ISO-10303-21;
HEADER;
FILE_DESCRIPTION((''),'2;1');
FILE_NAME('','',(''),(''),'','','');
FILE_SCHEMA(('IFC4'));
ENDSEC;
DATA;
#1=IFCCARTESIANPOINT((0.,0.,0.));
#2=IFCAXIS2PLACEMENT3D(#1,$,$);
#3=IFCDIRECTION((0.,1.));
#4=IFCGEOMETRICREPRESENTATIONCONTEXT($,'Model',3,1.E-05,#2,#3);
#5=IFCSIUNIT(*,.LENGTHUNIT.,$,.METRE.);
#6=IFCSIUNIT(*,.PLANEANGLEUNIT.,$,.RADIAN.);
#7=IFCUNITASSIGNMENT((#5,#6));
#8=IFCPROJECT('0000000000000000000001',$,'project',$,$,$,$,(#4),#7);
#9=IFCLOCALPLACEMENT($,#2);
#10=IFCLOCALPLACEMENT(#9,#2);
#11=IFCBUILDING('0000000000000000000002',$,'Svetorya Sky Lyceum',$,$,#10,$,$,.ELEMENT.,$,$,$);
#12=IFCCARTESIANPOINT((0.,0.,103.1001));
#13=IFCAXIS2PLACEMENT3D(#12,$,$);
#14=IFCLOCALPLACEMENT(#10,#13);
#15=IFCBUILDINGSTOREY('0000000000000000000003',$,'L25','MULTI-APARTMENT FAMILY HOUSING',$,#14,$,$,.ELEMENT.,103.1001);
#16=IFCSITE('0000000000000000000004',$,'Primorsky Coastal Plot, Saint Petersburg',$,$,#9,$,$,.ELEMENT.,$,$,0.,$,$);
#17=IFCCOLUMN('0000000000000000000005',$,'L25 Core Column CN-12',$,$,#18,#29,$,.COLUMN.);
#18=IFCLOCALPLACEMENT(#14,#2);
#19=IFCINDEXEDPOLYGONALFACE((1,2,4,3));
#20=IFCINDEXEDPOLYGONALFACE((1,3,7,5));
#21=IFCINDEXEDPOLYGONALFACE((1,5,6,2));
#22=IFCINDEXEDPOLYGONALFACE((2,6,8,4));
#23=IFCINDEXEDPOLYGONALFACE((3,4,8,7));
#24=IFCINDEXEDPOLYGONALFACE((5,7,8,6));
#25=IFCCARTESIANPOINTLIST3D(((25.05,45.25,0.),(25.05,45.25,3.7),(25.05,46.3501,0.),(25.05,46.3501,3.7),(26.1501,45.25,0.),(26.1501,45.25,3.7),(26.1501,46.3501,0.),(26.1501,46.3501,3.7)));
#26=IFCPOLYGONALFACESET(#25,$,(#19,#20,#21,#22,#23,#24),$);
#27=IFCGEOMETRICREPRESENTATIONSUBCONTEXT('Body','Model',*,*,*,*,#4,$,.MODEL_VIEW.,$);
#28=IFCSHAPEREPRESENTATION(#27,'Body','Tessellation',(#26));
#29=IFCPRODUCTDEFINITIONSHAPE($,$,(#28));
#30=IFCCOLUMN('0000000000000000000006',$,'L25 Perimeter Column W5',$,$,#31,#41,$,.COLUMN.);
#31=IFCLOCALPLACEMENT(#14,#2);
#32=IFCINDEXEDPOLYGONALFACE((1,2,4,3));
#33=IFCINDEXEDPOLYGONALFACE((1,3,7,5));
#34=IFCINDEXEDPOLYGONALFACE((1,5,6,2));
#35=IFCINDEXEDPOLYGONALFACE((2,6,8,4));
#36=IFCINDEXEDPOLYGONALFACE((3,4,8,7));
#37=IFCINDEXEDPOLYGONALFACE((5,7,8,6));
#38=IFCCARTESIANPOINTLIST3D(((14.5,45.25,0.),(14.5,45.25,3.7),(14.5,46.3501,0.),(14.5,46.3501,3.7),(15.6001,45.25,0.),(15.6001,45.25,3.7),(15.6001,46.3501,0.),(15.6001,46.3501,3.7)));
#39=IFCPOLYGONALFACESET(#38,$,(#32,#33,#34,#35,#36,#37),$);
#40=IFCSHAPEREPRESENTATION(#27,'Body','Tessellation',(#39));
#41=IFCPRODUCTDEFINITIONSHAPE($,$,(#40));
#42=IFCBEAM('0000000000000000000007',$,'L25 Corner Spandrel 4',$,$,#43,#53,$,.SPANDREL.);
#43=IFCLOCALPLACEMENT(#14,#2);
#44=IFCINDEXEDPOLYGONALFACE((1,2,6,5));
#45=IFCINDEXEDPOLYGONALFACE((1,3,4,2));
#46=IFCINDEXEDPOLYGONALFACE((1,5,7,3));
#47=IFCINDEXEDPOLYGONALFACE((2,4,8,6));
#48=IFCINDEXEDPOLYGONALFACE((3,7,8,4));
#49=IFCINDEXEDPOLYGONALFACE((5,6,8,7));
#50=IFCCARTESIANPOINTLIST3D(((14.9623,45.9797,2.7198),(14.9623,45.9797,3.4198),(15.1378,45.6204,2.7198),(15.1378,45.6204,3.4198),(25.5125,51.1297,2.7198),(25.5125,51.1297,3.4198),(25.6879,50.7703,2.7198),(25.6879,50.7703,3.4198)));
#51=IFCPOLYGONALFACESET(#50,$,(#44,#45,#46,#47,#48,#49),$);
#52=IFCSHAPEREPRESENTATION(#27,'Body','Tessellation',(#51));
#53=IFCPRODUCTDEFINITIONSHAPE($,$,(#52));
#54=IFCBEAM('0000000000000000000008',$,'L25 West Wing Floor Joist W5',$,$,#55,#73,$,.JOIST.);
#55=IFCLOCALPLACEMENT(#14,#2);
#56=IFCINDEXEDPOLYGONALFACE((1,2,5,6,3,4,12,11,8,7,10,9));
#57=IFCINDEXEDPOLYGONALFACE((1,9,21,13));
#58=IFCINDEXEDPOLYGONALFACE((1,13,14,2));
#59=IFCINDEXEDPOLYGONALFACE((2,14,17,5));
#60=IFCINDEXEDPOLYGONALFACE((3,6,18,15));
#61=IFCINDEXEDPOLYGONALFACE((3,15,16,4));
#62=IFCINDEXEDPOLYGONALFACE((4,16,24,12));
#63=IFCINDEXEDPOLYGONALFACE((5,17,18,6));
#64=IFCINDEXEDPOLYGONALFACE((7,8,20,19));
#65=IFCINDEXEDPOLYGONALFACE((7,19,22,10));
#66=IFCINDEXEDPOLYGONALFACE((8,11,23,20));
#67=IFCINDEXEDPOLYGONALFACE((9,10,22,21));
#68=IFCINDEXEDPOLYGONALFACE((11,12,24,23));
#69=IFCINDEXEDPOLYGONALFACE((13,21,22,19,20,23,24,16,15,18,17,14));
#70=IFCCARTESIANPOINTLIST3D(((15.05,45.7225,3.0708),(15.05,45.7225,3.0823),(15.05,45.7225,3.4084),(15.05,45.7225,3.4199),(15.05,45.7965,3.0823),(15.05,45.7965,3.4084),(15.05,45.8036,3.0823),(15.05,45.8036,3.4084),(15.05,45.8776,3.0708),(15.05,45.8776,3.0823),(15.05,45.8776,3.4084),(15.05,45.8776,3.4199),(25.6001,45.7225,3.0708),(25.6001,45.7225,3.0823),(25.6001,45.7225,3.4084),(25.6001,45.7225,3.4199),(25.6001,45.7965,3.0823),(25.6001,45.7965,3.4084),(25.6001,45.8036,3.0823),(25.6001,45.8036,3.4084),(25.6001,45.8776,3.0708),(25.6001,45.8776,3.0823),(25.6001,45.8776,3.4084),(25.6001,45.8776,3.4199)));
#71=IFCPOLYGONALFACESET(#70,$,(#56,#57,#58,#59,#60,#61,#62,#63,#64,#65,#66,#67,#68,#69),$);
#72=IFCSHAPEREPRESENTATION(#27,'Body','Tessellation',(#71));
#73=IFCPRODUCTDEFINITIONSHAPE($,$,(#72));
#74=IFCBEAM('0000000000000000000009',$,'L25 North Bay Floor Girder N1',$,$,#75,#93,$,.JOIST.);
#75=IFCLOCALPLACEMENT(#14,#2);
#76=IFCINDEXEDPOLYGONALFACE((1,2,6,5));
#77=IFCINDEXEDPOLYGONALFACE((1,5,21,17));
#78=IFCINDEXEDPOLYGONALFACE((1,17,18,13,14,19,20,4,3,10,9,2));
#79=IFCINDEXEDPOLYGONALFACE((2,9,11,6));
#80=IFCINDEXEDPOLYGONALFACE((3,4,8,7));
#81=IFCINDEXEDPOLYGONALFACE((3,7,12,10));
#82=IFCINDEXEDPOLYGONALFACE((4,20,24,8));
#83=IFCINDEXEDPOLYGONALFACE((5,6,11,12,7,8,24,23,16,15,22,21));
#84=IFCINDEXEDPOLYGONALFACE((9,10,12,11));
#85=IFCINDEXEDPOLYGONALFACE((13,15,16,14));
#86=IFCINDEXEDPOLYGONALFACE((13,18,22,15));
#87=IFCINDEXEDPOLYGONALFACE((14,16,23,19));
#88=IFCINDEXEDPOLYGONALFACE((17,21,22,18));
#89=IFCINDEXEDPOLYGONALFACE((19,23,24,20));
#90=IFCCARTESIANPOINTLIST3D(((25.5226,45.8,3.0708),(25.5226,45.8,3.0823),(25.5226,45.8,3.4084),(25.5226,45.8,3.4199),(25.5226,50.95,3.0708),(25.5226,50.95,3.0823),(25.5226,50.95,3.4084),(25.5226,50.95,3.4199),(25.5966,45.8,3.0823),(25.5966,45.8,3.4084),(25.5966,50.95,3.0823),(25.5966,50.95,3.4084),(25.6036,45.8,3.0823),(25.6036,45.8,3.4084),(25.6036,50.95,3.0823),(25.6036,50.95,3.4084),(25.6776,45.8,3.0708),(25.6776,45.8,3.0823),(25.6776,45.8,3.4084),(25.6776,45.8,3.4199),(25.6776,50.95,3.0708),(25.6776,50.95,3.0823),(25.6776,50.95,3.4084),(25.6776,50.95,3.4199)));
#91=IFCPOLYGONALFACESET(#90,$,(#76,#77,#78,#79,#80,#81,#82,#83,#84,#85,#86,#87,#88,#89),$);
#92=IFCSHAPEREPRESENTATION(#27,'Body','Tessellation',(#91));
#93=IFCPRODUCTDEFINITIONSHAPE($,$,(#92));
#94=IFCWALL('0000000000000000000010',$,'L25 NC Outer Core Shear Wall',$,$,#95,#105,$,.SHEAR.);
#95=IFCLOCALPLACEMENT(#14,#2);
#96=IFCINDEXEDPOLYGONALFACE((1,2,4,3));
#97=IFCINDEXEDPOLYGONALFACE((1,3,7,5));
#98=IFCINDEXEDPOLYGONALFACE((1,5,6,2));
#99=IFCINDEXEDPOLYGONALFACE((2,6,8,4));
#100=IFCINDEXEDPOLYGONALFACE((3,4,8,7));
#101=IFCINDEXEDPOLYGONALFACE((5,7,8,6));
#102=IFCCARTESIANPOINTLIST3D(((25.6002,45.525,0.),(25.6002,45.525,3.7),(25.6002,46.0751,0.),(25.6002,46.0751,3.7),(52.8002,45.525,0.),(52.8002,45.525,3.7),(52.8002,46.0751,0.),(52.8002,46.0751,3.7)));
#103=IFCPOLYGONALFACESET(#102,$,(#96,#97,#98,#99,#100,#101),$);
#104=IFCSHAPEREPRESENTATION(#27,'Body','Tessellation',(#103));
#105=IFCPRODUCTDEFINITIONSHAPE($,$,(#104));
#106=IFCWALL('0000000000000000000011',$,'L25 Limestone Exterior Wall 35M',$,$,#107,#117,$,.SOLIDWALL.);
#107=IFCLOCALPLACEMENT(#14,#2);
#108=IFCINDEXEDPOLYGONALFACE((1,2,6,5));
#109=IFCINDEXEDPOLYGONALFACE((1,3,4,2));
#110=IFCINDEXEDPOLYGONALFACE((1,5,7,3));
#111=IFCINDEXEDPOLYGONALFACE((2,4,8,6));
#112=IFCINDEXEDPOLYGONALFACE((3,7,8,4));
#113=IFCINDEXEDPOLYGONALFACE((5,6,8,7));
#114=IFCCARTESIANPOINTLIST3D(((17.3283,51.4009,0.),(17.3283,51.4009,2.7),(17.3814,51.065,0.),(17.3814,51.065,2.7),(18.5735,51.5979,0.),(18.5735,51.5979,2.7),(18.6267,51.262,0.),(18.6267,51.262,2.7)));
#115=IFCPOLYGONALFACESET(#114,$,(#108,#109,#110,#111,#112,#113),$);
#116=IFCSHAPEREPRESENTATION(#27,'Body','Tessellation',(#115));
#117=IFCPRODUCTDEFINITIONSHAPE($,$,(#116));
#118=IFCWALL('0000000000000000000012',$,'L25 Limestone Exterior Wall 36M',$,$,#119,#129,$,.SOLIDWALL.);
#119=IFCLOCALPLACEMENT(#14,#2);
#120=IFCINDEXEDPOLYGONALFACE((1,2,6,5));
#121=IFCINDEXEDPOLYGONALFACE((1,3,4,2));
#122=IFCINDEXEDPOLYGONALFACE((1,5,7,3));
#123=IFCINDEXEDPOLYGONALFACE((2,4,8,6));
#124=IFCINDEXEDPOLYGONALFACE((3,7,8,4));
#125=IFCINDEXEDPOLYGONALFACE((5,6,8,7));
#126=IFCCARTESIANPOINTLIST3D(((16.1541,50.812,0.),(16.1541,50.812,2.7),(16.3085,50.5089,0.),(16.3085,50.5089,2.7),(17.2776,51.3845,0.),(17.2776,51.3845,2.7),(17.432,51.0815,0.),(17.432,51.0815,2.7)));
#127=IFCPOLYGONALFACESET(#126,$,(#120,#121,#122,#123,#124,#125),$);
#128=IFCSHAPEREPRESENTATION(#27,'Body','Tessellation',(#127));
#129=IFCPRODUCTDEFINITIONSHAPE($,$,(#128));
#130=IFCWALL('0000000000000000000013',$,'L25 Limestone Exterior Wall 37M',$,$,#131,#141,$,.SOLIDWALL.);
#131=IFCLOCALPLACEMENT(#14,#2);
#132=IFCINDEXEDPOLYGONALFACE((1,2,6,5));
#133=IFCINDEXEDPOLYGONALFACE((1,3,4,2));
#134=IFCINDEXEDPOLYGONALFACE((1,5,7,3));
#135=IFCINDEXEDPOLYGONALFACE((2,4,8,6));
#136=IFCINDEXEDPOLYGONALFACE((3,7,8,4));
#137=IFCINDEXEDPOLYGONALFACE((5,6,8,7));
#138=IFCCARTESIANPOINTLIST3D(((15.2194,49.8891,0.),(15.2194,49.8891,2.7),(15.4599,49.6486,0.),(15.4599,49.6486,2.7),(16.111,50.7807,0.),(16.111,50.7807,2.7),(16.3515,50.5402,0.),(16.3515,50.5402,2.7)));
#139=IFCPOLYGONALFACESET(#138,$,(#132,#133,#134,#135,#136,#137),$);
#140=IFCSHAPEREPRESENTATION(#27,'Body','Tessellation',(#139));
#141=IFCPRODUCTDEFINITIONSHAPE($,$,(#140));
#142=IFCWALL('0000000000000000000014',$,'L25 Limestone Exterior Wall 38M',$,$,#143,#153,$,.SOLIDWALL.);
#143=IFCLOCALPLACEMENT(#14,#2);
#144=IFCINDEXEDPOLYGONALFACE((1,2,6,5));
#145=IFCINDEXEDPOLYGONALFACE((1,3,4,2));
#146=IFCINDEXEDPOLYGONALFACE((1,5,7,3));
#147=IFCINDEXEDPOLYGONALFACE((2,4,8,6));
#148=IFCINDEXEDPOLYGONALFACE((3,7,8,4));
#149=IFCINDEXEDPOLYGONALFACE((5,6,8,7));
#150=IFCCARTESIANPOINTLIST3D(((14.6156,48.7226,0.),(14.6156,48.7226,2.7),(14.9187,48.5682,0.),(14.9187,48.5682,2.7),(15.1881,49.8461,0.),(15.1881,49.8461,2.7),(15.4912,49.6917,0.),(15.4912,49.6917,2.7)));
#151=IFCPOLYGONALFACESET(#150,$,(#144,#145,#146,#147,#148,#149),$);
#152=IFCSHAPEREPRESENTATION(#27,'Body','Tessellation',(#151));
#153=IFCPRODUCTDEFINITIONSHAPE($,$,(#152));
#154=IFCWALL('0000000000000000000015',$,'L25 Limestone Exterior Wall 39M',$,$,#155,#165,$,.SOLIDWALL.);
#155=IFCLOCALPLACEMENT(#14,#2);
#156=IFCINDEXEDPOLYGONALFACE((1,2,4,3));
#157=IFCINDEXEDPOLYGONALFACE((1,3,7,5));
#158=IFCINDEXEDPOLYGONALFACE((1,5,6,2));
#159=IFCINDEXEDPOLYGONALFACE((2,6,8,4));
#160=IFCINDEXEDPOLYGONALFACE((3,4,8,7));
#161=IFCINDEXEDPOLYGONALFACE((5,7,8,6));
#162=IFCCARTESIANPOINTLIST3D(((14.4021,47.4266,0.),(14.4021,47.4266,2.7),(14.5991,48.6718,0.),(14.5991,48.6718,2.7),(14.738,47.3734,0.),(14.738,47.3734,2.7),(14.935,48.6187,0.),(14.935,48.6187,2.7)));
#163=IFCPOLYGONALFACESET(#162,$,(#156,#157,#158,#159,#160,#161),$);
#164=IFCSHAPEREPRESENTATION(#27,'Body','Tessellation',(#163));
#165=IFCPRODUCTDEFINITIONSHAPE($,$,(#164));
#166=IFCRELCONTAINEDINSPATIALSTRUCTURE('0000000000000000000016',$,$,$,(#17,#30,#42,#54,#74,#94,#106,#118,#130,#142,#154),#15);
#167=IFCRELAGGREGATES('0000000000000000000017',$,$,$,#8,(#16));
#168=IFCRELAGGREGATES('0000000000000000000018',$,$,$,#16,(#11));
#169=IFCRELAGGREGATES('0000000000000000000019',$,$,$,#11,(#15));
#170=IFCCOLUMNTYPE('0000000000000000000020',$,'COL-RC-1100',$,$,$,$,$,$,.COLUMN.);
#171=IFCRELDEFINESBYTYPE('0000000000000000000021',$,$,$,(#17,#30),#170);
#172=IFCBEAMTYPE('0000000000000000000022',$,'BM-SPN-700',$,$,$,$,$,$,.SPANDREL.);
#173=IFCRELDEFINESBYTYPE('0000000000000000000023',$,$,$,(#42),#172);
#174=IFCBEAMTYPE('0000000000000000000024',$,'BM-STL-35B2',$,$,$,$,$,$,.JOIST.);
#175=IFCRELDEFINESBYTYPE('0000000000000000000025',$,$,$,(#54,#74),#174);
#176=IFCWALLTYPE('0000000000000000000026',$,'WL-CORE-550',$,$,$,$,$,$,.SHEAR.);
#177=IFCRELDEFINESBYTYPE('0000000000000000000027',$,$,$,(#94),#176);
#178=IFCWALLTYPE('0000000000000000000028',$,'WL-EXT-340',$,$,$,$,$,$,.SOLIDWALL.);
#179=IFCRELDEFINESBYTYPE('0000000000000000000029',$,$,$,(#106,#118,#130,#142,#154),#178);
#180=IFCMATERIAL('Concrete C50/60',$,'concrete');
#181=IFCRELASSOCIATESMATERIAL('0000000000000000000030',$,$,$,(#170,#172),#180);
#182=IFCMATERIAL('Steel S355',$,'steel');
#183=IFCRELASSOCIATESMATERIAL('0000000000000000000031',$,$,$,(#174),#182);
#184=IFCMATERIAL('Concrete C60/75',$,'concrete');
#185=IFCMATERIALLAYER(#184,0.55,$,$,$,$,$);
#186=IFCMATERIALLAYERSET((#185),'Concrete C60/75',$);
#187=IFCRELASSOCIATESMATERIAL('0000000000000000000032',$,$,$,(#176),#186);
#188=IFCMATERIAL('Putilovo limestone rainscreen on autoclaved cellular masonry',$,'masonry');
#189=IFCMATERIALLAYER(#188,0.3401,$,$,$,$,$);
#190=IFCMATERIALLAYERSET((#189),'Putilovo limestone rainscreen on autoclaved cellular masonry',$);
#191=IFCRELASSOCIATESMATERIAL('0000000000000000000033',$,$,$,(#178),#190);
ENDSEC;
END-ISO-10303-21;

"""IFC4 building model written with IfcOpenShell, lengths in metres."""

from ifc_helpers import new_model, si_unit, direction, frame, frame_2d, origin, origin_2d, place, context, subcontext, project, spatial, rectangle, i_section, extrude, material, layer, layer_set, material_profile, profile_set, type_object, element, save


model = new_model("IFC4")

# Units and contexts
model_context = context("Model", 3, precision=1e-05, world=origin(), true_north=direction((0.0, 1.0)))
body_context = subcontext(model_context, "Body", "Model", "MODEL_VIEW")
ifc_project = project(units=[si_unit("LENGTHUNIT", "METRE"), si_unit("PLANEANGLEUNIT", "RADIAN")], contexts=[model_context])

# Site, building, storey
site_placement = place(None, origin())
site = spatial("IfcSite", under=ifc_project, at=site_placement, Name="Primorsky Coastal Plot, Saint Petersburg", CompositionType="ELEMENT", RefElevation=0.0)
building_placement = place(site_placement, origin())
building = spatial("IfcBuilding", under=site, at=building_placement, Name="Svetorya Sky Lyceum", CompositionType="ELEMENT")
storey_placement = place(building_placement, frame((0.0, 0.0, 103.1001)))
storey = spatial("IfcBuildingStorey", under=building, at=storey_placement, Name="L25", Description="MULTI-APARTMENT FAMILY HOUSING", CompositionType="ELEMENT", Elevation=103.1001)

# Columns
ifc_material_1 = material(Name="Concrete C50/60", Category="concrete")
ifc_material_profile_1 = material_profile(ifc_material_1, rectangle(XDim=1.1001, YDim=1.1001, at=origin_2d()), Name="RC COL 1100x1100")
ifc_profile_set_1 = profile_set([ifc_material_profile_1], Name="Concrete C50/60")
column_type = type_object("IfcColumnType", Name="COL-RC-1100", PredefinedType="COLUMN", material=ifc_profile_set_1)
for number, where, z_axis, x_axis, name in (
    (1, (25.6001, 45.8, 0.0), (0.0, 0.0, 1.0), (1.0, 0.0, 0.0), "L25 Core Column CN-12"),
    (2, (15.05, 45.8, 0.0), (0.0, 0.0, 1.0), (1.0, 0.0, 0.0), "L25 Perimeter Column W5"),
):
    element("IfcColumn", number, at=place(storey_placement, frame(where, z_axis=z_axis, x_axis=x_axis)), inside=storey, type_object=column_type, Name=name, PredefinedType="COLUMN", context=body_context, shape_type="SweptSolid", body=[
        extrude(rectangle(XDim=1.1001, YDim=1.1001, at=origin_2d()), origin(), (0.0, 0.0, 1.0), 3.7),
    ])

# Beams
ifc_material_profile_2 = material_profile(ifc_material_1, rectangle(XDim=0.3999, YDim=0.7, at=origin_2d()), Name="RC SPANDREL 400x700")
ifc_profile_set_2 = profile_set([ifc_material_profile_2], Name="Concrete C50/60")
beam_type_1 = type_object("IfcBeamType", Name="BM-SPN-700", PredefinedType="SPANDREL", material=ifc_profile_set_2)
beam_1_placement = place(storey_placement, frame((15.05, 45.8, 3.0698), z_axis=(0.89865, 0.438667, 0.0), x_axis=(-0.438667, 0.89865, 0.0)))
element("IfcBeam", 3, at=beam_1_placement, inside=storey, type_object=beam_type_1, Name="L25 Corner Spandrel 4", PredefinedType="SPANDREL", context=body_context, shape_type="SweptSolid", body=[
    extrude(rectangle(XDim=0.3999, YDim=0.7, at=origin_2d()), origin(), (0.0, 0.0, 1.0), 11.74),
])
ifc_material_2 = material(Name="Steel S355", Category="steel")
ifc_material_profile_3 = material_profile(ifc_material_2, i_section(OverallWidth=0.155, OverallDepth=0.3491, WebThickness=0.0071, FlangeThickness=0.0115, at=origin_2d()), Name="GOST 35B2")
ifc_profile_set_3 = profile_set([ifc_material_profile_3], Name="Steel S355")
beam_type_2 = type_object("IfcBeamType", Name="BM-STL-35B2", PredefinedType="JOIST", material=ifc_profile_set_3)
beam_2_placement = place(storey_placement, frame((15.05, 45.8, 3.2454), z_axis=(1.0, 0.0, 0.0), x_axis=(0.0, 1.0, 0.0)))
element("IfcBeam", 4, at=beam_2_placement, inside=storey, type_object=beam_type_2, Name="L25 West Wing Floor Joist W5", PredefinedType="JOIST", context=body_context, shape_type="SweptSolid", body=[
    extrude(i_section(OverallWidth=0.155, OverallDepth=0.3491, WebThickness=0.0071, FlangeThickness=0.0115, at=origin_2d()), origin(), (0.0, 0.0, 1.0), 10.55),
])
beam_3_placement = place(storey_placement, frame((25.6001, 45.8, 3.2454), z_axis=(0.0, 1.0, 0.0), x_axis=(-1.0, 0.0, 0.0)))
element("IfcBeam", 5, at=beam_3_placement, inside=storey, type_object=beam_type_2, Name="L25 North Bay Floor Girder N1", PredefinedType="JOIST", context=body_context, shape_type="SweptSolid", body=[
    extrude(i_section(OverallWidth=0.155, OverallDepth=0.3491, WebThickness=0.0071, FlangeThickness=0.0115, at=origin_2d()), origin(), (0.0, 0.0, 1.0), 5.1499),
])

# Walls
ifc_material_3 = material(Name="Concrete C60/75", Category="concrete")
ifc_layer_1 = layer(ifc_material_3, 0.55)
ifc_layer_set_1 = layer_set([ifc_layer_1], Name="Concrete C60/75")
wall_type_1 = type_object("IfcWallType", Name="WL-CORE-550", PredefinedType="SHEAR", material=ifc_layer_set_1)
wall_1_placement = place(storey_placement, frame((25.6001, 45.8, 0.0), z_axis=(0.0, 0.0, 1.0), x_axis=(1.0, 0.0, 0.0)))
element("IfcWall", 6, at=wall_1_placement, inside=storey, type_object=wall_type_1, Name="L25 NC Outer Core Shear Wall", PredefinedType="SHEAR", context=body_context, shape_type="SweptSolid", body=[
    extrude(rectangle(XDim=27.2, YDim=0.55, at=frame_2d((13.6001, 0.0))), origin(), (0.0, 0.0, 1.0), 3.7),
])
ifc_material_4 = material(Name="Putilovo limestone rainscreen on autoclaved cellular masonry", Category="masonry")
ifc_layer_2 = layer(ifc_material_4, 0.3401)
ifc_layer_set_2 = layer_set([ifc_layer_2], Name="Putilovo limestone rainscreen on autoclaved cellular masonry")
wall_type_2 = type_object("IfcWallType", Name="WL-EXT-340", PredefinedType="SOLIDWALL", material=ifc_layer_set_2)
wall_2_placement = place(storey_placement, frame((18.6001, 51.4299, 0.0), z_axis=(0.0, 0.0, 1.0), x_axis=(-0.987716, -0.156261, 0.0)))
element("IfcWall", 7, at=wall_2_placement, inside=storey, type_object=wall_type_2, Name="L25 Limestone Exterior Wall 35M", PredefinedType="SOLIDWALL", context=body_context, shape_type="SweptSolid", body=[
    extrude(rectangle(XDim=1.2607, YDim=0.3401, at=frame_2d((0.6304, 0.0))), origin(), (0.0, 0.0, 1.0), 2.7),
])
for number, where, z_axis, x_axis, name in (
    (8, (17.3547, 51.2329, 0.0), (0.0, 0.0, 1.0), (-0.890994, -0.454016, 0.0), "L25 Limestone Exterior Wall 36M"),
    (9, (16.2312, 50.6604, 0.0), (0.0, 0.0, 1.0), (-0.707107, -0.707107, 0.0), "L25 Limestone Exterior Wall 37M"),
    (10, (15.3396, 49.7688, 0.0), (0.0, 0.0, 1.0), (-0.454016, -0.890994, 0.0), "L25 Limestone Exterior Wall 38M"),
):
    element("IfcWall", number, at=place(storey_placement, frame(where, z_axis=z_axis, x_axis=x_axis)), inside=storey, type_object=wall_type_2, Name=name, PredefinedType="SOLIDWALL", context=body_context, shape_type="SweptSolid", body=[
        extrude(rectangle(XDim=1.261, YDim=0.3401, at=frame_2d((0.6304, 0.0))), origin(), (0.0, 0.0, 1.0), 2.7),
    ])
wall_3_placement = place(storey_placement, frame((14.7671, 48.6453, 0.0), z_axis=(0.0, 0.0, 1.0), x_axis=(-0.156261, -0.987716, 0.0)))
element("IfcWall", 11, at=wall_3_placement, inside=storey, type_object=wall_type_2, Name="L25 Limestone Exterior Wall 39M", PredefinedType="SOLIDWALL", context=body_context, shape_type="SweptSolid", body=[
    extrude(rectangle(XDim=1.2607, YDim=0.3401, at=frame_2d((0.6304, 0.0))), origin(), (0.0, 0.0, 1.0), 2.7),
])

save(model, "model.ifc")
